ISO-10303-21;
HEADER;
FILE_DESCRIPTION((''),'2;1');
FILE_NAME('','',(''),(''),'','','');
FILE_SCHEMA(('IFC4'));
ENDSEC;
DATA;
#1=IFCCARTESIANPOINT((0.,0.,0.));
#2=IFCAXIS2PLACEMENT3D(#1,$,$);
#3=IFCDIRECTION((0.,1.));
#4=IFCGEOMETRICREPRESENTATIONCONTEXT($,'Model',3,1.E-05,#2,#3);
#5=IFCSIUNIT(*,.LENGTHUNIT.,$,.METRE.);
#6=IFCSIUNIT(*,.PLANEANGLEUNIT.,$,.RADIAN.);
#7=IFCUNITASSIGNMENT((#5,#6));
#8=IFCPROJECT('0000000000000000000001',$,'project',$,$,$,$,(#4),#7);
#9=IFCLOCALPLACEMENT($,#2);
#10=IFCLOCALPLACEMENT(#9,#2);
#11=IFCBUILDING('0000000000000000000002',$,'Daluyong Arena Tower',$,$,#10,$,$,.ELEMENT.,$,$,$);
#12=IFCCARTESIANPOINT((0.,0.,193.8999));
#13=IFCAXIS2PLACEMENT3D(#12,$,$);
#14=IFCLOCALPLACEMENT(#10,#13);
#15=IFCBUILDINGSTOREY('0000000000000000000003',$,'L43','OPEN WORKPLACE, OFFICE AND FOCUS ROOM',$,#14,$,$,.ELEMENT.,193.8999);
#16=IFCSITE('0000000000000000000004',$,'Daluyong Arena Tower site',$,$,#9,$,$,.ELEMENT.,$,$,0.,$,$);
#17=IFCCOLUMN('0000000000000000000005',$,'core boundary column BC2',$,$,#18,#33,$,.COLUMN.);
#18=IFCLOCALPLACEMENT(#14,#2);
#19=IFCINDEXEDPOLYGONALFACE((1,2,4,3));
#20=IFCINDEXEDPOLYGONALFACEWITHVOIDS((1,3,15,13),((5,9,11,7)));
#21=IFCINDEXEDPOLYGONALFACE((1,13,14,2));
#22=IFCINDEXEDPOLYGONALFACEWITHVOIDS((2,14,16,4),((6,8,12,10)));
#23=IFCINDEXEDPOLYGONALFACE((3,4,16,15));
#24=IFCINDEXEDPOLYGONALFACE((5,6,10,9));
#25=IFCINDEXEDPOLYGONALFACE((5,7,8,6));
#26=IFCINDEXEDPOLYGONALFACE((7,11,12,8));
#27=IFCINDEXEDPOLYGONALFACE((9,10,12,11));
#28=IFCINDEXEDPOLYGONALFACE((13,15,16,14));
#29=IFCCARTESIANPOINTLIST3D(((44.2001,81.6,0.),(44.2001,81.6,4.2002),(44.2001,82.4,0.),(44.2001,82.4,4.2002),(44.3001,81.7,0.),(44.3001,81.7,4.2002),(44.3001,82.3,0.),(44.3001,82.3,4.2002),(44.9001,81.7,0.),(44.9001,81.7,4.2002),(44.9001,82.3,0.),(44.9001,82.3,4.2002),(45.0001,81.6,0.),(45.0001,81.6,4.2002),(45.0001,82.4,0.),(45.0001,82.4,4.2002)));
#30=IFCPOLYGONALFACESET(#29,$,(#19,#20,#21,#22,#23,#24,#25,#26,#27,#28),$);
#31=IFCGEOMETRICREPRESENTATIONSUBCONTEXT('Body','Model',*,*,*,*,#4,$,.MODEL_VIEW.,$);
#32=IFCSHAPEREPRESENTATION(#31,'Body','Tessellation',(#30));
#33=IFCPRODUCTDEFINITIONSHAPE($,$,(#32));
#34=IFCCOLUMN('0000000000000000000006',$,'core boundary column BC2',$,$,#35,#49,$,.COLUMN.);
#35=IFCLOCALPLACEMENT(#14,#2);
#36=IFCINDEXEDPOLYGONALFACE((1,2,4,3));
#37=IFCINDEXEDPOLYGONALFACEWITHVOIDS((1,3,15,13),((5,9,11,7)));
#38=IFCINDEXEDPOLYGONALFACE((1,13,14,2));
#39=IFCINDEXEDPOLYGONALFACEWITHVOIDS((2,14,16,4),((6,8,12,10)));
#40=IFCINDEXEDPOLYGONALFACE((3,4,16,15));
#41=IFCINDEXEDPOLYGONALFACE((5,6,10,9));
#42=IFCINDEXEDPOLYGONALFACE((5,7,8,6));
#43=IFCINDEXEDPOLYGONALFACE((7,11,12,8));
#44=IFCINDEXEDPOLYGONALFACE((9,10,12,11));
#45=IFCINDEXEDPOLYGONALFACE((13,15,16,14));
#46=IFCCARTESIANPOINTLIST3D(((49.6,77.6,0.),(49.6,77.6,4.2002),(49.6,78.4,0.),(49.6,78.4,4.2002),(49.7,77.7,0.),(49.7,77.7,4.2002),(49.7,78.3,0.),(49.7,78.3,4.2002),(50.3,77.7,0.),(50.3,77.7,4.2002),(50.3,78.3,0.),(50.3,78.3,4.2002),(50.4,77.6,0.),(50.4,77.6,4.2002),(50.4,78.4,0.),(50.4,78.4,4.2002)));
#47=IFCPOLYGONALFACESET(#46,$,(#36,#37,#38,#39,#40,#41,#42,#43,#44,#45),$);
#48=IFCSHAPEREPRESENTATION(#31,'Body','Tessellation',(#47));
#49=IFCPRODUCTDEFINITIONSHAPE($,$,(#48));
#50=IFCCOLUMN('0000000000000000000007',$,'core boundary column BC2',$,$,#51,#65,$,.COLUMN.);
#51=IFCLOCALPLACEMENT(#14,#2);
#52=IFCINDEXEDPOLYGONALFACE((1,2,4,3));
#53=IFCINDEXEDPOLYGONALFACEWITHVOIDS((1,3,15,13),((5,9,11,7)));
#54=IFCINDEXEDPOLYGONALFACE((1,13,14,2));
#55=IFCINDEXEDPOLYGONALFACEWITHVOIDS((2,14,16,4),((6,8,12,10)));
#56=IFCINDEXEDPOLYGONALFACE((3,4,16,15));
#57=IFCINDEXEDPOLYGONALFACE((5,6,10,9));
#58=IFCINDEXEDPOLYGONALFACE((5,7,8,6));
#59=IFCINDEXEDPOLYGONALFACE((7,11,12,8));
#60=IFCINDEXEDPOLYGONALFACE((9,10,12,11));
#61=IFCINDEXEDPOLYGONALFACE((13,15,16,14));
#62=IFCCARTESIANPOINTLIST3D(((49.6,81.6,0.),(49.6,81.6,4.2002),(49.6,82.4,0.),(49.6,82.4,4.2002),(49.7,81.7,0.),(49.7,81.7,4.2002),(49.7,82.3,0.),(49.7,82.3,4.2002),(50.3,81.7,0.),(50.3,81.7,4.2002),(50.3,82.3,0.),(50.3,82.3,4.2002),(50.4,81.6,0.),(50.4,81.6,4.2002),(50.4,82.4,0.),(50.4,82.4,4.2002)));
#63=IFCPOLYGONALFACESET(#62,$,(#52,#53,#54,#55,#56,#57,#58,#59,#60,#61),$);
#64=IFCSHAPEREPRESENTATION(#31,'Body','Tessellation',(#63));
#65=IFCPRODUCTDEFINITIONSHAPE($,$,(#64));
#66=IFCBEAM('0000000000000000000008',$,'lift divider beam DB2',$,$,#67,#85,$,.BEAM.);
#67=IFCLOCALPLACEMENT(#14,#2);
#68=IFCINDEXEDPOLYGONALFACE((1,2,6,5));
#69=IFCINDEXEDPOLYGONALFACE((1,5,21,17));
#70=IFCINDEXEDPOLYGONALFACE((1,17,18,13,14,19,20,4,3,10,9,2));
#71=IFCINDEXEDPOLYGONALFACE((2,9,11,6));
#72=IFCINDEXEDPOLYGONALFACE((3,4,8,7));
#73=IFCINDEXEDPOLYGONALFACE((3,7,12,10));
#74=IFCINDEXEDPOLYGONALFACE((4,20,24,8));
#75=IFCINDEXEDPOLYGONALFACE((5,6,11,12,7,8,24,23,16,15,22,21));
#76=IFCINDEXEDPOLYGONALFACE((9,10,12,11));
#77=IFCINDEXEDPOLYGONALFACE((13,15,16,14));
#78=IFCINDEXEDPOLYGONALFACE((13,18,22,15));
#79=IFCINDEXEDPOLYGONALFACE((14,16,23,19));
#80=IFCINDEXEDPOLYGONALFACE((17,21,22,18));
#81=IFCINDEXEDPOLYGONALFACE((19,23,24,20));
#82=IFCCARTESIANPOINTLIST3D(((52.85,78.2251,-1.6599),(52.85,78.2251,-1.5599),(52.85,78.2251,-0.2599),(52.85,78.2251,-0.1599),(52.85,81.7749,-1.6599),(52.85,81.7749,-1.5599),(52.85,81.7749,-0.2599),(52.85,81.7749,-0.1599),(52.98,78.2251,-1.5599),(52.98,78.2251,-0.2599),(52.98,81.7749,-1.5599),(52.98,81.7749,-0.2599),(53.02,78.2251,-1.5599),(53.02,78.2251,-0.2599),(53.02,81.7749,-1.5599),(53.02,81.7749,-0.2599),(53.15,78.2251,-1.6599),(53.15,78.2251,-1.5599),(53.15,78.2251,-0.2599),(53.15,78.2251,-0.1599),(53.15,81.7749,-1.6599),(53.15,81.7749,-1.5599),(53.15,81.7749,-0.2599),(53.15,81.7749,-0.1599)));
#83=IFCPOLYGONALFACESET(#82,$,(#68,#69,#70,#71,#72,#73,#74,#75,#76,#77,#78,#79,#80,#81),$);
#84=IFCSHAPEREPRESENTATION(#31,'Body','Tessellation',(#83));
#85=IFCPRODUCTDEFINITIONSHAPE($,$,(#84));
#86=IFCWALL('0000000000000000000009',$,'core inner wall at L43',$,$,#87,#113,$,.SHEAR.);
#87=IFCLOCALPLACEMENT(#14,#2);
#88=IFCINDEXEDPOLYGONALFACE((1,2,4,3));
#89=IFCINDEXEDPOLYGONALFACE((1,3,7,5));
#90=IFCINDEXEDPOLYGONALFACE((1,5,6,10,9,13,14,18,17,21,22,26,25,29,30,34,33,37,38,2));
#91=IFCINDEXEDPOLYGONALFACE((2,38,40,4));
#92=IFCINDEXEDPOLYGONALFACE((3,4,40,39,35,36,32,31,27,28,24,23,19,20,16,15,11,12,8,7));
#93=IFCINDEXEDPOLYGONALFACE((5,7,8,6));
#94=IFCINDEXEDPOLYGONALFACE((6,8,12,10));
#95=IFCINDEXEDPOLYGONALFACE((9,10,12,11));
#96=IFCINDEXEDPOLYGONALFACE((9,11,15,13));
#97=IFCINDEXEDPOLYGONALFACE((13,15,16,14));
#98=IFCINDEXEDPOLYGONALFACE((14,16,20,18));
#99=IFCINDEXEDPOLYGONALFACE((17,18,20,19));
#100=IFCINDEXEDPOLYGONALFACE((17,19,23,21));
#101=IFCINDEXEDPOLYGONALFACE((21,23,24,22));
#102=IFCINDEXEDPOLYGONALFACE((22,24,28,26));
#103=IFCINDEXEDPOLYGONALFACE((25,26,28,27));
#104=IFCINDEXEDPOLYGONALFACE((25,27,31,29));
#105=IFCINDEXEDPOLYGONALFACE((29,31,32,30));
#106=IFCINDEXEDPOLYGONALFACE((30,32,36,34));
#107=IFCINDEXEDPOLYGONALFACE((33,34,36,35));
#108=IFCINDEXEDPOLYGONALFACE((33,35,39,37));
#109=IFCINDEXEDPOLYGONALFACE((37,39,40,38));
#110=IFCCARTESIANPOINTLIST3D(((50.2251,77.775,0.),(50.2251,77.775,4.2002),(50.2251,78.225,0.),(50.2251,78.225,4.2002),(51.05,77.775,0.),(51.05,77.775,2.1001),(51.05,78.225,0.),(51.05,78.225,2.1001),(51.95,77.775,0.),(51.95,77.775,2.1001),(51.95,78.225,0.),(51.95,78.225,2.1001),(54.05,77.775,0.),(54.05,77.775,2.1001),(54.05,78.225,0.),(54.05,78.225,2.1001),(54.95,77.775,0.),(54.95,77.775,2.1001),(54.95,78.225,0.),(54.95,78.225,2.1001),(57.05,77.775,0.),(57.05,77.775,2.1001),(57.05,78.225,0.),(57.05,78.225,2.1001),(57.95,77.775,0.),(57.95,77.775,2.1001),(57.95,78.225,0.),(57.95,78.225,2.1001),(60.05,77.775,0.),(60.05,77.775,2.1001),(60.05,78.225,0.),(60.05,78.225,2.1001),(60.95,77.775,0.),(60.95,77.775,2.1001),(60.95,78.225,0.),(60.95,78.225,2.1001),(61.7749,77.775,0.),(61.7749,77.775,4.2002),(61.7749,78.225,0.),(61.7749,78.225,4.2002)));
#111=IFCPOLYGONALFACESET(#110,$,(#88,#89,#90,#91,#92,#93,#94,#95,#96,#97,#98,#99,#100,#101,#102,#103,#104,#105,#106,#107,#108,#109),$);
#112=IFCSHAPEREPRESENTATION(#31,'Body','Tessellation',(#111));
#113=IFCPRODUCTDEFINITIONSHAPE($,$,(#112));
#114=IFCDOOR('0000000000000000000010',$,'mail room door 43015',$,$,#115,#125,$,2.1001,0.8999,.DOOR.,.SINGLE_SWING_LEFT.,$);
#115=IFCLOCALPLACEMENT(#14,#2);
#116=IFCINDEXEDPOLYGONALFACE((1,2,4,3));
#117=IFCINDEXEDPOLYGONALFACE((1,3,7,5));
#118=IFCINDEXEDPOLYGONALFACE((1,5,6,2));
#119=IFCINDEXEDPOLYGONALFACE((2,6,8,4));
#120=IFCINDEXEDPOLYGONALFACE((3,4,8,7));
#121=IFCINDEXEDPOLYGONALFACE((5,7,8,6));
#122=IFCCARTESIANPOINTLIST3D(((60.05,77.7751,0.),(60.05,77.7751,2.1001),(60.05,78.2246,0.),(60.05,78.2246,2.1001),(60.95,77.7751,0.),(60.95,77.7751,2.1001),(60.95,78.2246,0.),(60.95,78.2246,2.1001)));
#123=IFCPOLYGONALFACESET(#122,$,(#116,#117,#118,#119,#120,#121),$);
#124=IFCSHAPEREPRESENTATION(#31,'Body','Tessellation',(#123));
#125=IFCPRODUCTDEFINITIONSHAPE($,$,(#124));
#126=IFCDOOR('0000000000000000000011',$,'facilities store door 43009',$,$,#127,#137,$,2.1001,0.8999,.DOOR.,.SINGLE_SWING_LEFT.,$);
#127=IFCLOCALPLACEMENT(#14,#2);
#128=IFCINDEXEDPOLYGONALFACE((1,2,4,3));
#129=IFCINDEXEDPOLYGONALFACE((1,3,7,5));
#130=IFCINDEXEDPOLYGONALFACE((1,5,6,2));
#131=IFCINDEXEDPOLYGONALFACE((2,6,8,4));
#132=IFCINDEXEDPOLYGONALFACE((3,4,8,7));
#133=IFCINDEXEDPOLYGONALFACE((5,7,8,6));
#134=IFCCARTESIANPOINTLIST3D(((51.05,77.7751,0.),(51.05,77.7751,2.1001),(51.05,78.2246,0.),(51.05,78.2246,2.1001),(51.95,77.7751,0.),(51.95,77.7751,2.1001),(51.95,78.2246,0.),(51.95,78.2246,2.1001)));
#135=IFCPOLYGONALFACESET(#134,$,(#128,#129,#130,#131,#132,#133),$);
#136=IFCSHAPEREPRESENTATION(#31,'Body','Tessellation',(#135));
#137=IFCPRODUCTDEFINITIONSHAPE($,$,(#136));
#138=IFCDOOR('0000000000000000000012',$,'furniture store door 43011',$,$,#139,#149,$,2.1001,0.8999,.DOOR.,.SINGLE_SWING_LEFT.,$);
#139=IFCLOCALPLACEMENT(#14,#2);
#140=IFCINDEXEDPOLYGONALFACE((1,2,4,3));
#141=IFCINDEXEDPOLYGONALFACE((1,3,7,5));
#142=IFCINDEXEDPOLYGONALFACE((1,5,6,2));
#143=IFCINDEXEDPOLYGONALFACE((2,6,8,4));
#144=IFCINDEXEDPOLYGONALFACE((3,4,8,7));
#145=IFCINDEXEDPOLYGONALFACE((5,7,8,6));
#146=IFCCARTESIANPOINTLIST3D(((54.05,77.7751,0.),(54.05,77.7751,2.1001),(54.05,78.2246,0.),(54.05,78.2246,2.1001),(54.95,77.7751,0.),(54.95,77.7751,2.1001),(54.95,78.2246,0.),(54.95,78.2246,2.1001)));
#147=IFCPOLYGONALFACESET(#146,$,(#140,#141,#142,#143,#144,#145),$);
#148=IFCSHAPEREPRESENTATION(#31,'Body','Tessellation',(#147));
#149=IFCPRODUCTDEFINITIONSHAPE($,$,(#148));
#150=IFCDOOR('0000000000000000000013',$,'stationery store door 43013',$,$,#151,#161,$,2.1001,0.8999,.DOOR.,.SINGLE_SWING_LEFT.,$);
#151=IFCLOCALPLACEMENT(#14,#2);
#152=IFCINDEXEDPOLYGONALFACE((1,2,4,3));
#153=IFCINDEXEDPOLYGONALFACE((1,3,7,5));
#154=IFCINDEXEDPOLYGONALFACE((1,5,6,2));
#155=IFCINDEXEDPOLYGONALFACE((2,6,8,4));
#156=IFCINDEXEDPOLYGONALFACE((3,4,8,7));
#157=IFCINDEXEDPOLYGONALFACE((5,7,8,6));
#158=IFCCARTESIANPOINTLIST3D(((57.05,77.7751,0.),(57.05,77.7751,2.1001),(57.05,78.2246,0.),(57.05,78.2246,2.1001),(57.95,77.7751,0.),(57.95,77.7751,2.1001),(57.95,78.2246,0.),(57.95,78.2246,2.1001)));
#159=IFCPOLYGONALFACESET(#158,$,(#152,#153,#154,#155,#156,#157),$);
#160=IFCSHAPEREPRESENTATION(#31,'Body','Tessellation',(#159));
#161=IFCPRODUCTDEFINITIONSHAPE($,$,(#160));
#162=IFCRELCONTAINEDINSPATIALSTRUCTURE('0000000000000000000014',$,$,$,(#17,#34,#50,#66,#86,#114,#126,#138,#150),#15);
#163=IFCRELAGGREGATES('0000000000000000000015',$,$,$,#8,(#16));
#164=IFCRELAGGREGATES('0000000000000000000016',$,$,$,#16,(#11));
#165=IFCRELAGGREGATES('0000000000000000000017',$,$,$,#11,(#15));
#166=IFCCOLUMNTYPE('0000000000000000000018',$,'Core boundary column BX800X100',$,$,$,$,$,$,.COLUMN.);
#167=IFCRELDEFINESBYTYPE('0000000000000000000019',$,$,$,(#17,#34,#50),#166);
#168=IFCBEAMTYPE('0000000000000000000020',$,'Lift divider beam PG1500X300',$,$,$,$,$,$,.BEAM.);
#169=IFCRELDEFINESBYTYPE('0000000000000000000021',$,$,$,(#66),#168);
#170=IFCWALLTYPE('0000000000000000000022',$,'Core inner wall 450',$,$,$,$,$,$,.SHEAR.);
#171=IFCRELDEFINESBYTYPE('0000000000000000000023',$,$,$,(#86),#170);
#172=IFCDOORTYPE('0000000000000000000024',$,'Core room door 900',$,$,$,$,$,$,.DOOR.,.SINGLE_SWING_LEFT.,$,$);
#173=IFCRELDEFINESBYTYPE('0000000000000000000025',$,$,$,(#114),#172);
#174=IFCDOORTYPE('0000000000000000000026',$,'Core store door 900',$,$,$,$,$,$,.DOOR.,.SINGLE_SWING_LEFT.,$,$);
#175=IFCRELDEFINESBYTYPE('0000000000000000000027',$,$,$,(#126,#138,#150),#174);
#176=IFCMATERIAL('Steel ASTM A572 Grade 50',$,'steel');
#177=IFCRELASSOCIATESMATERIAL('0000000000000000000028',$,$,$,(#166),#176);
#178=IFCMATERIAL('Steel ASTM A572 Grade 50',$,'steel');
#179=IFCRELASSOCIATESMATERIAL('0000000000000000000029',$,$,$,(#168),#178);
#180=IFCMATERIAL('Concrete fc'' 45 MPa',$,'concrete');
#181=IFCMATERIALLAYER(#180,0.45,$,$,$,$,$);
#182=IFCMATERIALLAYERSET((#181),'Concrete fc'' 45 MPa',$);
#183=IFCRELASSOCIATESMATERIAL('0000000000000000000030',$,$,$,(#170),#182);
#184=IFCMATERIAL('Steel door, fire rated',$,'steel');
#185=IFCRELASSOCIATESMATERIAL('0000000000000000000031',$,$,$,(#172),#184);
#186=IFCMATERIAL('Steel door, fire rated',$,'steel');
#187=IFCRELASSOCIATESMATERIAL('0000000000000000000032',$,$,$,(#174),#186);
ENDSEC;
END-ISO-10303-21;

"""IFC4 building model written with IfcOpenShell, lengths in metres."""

from ifc_helpers import new_model, si_unit, direction, frame, frame_2d, origin, origin_2d, place, context, subcontext, project, spatial, rectangle, hollow_rectangle, i_section, extrude, material, layer, layer_set, material_profile, profile_set, type_object, element, fill, save


model = new_model("IFC4")

# Units and contexts
model_context = context("Model", 3, precision=1e-05, world=origin(), true_north=direction((0.0, 1.0)))
body_context = subcontext(model_context, "Body", "Model", "MODEL_VIEW")
ifc_project = project(units=[si_unit("LENGTHUNIT", "METRE"), si_unit("PLANEANGLEUNIT", "RADIAN")], contexts=[model_context])

# Site, building, storey
site_placement = place(None, origin())
site = spatial("IfcSite", under=ifc_project, at=site_placement, Name="Daluyong Arena Tower site", CompositionType="ELEMENT", RefElevation=0.0)
building_placement = place(site_placement, origin())
building = spatial("IfcBuilding", under=site, at=building_placement, Name="Daluyong Arena Tower", CompositionType="ELEMENT")
storey_placement = place(building_placement, frame((0.0, 0.0, 193.8999)))
storey = spatial("IfcBuildingStorey", under=building, at=storey_placement, Name="L43", Description="OPEN WORKPLACE, OFFICE AND FOCUS ROOM", CompositionType="ELEMENT", Elevation=193.8999)

# Columns
ifc_material_1 = material(Name="Steel ASTM A572 Grade 50", Category="steel")
ifc_material_profile_1 = material_profile(ifc_material_1, hollow_rectangle(XDim=0.8, YDim=0.8, WallThickness=0.1, at=origin_2d()))
ifc_profile_set_1 = profile_set([ifc_material_profile_1], Name="Steel ASTM A572 Grade 50")
column_type = type_object("IfcColumnType", Name="Core boundary column BX800X100", PredefinedType="COLUMN", material=ifc_profile_set_1)
for number, where, z_axis, x_axis, name in (
    (1, (44.6001, 82.0, 0.0), (0.0, 0.0, 1.0), (1.0, 0.0, 0.0), "core boundary column BC2"),
    (2, (50.0, 78.0, 0.0), (0.0, 0.0, 1.0), (1.0, 0.0, 0.0), "core boundary column BC2"),
    (3, (50.0, 82.0, 0.0), (0.0, 0.0, 1.0), (1.0, 0.0, 0.0), "core boundary column BC2"),
):
    element("IfcColumn", number, at=place(storey_placement, frame(where, z_axis=z_axis, x_axis=x_axis)), inside=storey, type_object=column_type, Name=name, PredefinedType="COLUMN", context=body_context, shape_type="SweptSolid", body=[
        extrude(hollow_rectangle(XDim=0.8, YDim=0.8, WallThickness=0.1, at=origin_2d()), origin(), (0.0, 0.0, 1.0), 4.2002),
    ])

# Beam
ifc_material_2 = material(Name="Steel ASTM A572 Grade 50", Category="steel")
ifc_material_profile_2 = material_profile(ifc_material_2, i_section(OverallWidth=0.3, OverallDepth=1.5, WebThickness=0.04, FlangeThickness=0.1, at=origin_2d()))
ifc_profile_set_2 = profile_set([ifc_material_profile_2], Name="Steel ASTM A572 Grade 50")
beam_type = type_object("IfcBeamType", Name="Lift divider beam PG1500X300", PredefinedType="BEAM", material=ifc_profile_set_2)
beam_placement = place(storey_placement, frame((53.0, 78.2251, -0.9099), z_axis=(0.0, 1.0, 0.0), x_axis=(-1.0, 0.0, 0.0)))
element("IfcBeam", 4, at=beam_placement, inside=storey, type_object=beam_type, Name="lift divider beam DB2", PredefinedType="BEAM", context=body_context, shape_type="SweptSolid", body=[
    extrude(i_section(OverallWidth=0.3, OverallDepth=1.5, WebThickness=0.04, FlangeThickness=0.1, at=origin_2d()), origin(), (0.0, 0.0, 1.0), 3.5498),
])

# Wall, openings, doors
ifc_material_3 = material(Name="Concrete fc' 45 MPa", Category="concrete")
ifc_layer_1 = layer(ifc_material_3, 0.45)
ifc_layer_set_1 = layer_set([ifc_layer_1], Name="Concrete fc' 45 MPa")
wall_type_1 = type_object("IfcWallType", Name="Core inner wall 450", PredefinedType="SHEAR", material=ifc_layer_set_1)
wall_1_placement = place(storey_placement, frame((50.2251, 78.0, 0.0), z_axis=(0.0, 0.0, 1.0), x_axis=(1.0, 0.0, 0.0)))
wall_1 = element("IfcWall", 5, at=wall_1_placement, inside=storey, type_object=wall_type_1, Name="core inner wall at L43", PredefinedType="SHEAR", context=body_context, shape_type="SweptSolid", body=[
    extrude(rectangle(XDim=11.5498, YDim=0.45, at=frame_2d((5.7749, 0.0))), origin(), (0.0, 0.0, 1.0), 4.2002),
])
opening_1_placement = place(wall_1_placement, frame((0.825, 0.0, 0.0)))
opening_1 = element("IfcOpeningElement", 6, at=opening_1_placement, cuts=wall_1, PredefinedType="OPENING", context=body_context, shape_type="SweptSolid", body=[
    extrude(rectangle(XDim=0.8999, YDim=2.1001, at=frame_2d((0.45, 1.05))), frame((0.0, 0.2349, 0.0), z_axis=(0.0, -1.0, 0.0), x_axis=(1.0, 0.0, 0.0)), (0.0, 0.0, 1.0), 0.47),
])
opening_2_placement = place(wall_1_placement, frame((3.825, 0.0, 0.0)))
opening_2 = element("IfcOpeningElement", 7, at=opening_2_placement, cuts=wall_1, PredefinedType="OPENING", context=body_context, shape_type="SweptSolid", body=[
    extrude(rectangle(XDim=0.8999, YDim=2.1001, at=frame_2d((0.45, 1.05))), frame((0.0, 0.2349, 0.0), z_axis=(0.0, -1.0, 0.0), x_axis=(1.0, 0.0, 0.0)), (0.0, 0.0, 1.0), 0.47),
])
opening_3_placement = place(wall_1_placement, frame((6.825, 0.0, 0.0)))
opening_3 = element("IfcOpeningElement", 8, at=opening_3_placement, cuts=wall_1, PredefinedType="OPENING", context=body_context, shape_type="SweptSolid", body=[
    extrude(rectangle(XDim=0.8999, YDim=2.1001, at=frame_2d((0.45, 1.05))), frame((0.0, 0.2349, 0.0), z_axis=(0.0, -1.0, 0.0), x_axis=(1.0, 0.0, 0.0)), (0.0, 0.0, 1.0), 0.47),
])
opening_4_placement = place(wall_1_placement, frame((9.825, 0.0, 0.0)))
opening_4 = element("IfcOpeningElement", 9, at=opening_4_placement, cuts=wall_1, PredefinedType="OPENING", context=body_context, shape_type="SweptSolid", body=[
    extrude(rectangle(XDim=0.8999, YDim=2.1001, at=frame_2d((0.45, 1.05))), frame((0.0, 0.2349, 0.0), z_axis=(0.0, -1.0, 0.0), x_axis=(1.0, 0.0, 0.0)), (0.0, 0.0, 1.0), 0.47),
])
ifc_material_4 = material(Name="Steel door, fire rated", Category="steel")
door_type_1 = type_object("IfcDoorType", Name="Core room door 900", OperationType="SINGLE_SWING_LEFT", PredefinedType="DOOR", material=ifc_material_4)
door_1_placement = place(opening_4_placement, origin())
door_1 = element("IfcDoor", 10, at=door_1_placement, inside=storey, type_object=door_type_1, Name="mail room door 43015", OperationType="SINGLE_SWING_LEFT", OverallHeight=2.1001, OverallWidth=0.8999, PredefinedType="DOOR", context=body_context, shape_type="SweptSolid", body=[
    extrude(rectangle(XDim=0.8999, YDim=2.1001, at=frame_2d((0.45, 1.05))), frame((0.0, 0.2246, 0.0), z_axis=(0.0, -1.0, 0.0), x_axis=(1.0, 0.0, 0.0)), (0.0, 0.0, 1.0), 0.4495),
])
fill(opening_4, door_1)
ifc_material_5 = material(Name="Steel door, fire rated", Category="steel")
door_type_2 = type_object("IfcDoorType", Name="Core store door 900", OperationType="SINGLE_SWING_LEFT", PredefinedType="DOOR", material=ifc_material_5)
door_2_placement = place(opening_1_placement, origin())
door_2 = element("IfcDoor", 11, at=door_2_placement, inside=storey, type_object=door_type_2, Name="facilities store door 43009", OperationType="SINGLE_SWING_LEFT", OverallHeight=2.1001, OverallWidth=0.8999, PredefinedType="DOOR", context=body_context, shape_type="SweptSolid", body=[
    extrude(rectangle(XDim=0.8999, YDim=2.1001, at=frame_2d((0.45, 1.05))), frame((0.0, 0.2246, 0.0), z_axis=(0.0, -1.0, 0.0), x_axis=(1.0, 0.0, 0.0)), (0.0, 0.0, 1.0), 0.4495),
])
fill(opening_1, door_2)
door_3_placement = place(opening_2_placement, origin())
door_3 = element("IfcDoor", 12, at=door_3_placement, inside=storey, type_object=door_type_2, Name="furniture store door 43011", OperationType="SINGLE_SWING_LEFT", OverallHeight=2.1001, OverallWidth=0.8999, PredefinedType="DOOR", context=body_context, shape_type="SweptSolid", body=[
    extrude(rectangle(XDim=0.8999, YDim=2.1001, at=frame_2d((0.45, 1.05))), frame((0.0, 0.2246, 0.0), z_axis=(0.0, -1.0, 0.0), x_axis=(1.0, 0.0, 0.0)), (0.0, 0.0, 1.0), 0.4495),
])
fill(opening_2, door_3)
door_4_placement = place(opening_3_placement, origin())
door_4 = element("IfcDoor", 13, at=door_4_placement, inside=storey, type_object=door_type_2, Name="stationery store door 43013", OperationType="SINGLE_SWING_LEFT", OverallHeight=2.1001, OverallWidth=0.8999, PredefinedType="DOOR", context=body_context, shape_type="SweptSolid", body=[
    extrude(rectangle(XDim=0.8999, YDim=2.1001, at=frame_2d((0.45, 1.05))), frame((0.0, 0.2246, 0.0), z_axis=(0.0, -1.0, 0.0), x_axis=(1.0, 0.0, 0.0)), (0.0, 0.0, 1.0), 0.4495),
])
fill(opening_3, door_4)

save(model, "model.ifc")
